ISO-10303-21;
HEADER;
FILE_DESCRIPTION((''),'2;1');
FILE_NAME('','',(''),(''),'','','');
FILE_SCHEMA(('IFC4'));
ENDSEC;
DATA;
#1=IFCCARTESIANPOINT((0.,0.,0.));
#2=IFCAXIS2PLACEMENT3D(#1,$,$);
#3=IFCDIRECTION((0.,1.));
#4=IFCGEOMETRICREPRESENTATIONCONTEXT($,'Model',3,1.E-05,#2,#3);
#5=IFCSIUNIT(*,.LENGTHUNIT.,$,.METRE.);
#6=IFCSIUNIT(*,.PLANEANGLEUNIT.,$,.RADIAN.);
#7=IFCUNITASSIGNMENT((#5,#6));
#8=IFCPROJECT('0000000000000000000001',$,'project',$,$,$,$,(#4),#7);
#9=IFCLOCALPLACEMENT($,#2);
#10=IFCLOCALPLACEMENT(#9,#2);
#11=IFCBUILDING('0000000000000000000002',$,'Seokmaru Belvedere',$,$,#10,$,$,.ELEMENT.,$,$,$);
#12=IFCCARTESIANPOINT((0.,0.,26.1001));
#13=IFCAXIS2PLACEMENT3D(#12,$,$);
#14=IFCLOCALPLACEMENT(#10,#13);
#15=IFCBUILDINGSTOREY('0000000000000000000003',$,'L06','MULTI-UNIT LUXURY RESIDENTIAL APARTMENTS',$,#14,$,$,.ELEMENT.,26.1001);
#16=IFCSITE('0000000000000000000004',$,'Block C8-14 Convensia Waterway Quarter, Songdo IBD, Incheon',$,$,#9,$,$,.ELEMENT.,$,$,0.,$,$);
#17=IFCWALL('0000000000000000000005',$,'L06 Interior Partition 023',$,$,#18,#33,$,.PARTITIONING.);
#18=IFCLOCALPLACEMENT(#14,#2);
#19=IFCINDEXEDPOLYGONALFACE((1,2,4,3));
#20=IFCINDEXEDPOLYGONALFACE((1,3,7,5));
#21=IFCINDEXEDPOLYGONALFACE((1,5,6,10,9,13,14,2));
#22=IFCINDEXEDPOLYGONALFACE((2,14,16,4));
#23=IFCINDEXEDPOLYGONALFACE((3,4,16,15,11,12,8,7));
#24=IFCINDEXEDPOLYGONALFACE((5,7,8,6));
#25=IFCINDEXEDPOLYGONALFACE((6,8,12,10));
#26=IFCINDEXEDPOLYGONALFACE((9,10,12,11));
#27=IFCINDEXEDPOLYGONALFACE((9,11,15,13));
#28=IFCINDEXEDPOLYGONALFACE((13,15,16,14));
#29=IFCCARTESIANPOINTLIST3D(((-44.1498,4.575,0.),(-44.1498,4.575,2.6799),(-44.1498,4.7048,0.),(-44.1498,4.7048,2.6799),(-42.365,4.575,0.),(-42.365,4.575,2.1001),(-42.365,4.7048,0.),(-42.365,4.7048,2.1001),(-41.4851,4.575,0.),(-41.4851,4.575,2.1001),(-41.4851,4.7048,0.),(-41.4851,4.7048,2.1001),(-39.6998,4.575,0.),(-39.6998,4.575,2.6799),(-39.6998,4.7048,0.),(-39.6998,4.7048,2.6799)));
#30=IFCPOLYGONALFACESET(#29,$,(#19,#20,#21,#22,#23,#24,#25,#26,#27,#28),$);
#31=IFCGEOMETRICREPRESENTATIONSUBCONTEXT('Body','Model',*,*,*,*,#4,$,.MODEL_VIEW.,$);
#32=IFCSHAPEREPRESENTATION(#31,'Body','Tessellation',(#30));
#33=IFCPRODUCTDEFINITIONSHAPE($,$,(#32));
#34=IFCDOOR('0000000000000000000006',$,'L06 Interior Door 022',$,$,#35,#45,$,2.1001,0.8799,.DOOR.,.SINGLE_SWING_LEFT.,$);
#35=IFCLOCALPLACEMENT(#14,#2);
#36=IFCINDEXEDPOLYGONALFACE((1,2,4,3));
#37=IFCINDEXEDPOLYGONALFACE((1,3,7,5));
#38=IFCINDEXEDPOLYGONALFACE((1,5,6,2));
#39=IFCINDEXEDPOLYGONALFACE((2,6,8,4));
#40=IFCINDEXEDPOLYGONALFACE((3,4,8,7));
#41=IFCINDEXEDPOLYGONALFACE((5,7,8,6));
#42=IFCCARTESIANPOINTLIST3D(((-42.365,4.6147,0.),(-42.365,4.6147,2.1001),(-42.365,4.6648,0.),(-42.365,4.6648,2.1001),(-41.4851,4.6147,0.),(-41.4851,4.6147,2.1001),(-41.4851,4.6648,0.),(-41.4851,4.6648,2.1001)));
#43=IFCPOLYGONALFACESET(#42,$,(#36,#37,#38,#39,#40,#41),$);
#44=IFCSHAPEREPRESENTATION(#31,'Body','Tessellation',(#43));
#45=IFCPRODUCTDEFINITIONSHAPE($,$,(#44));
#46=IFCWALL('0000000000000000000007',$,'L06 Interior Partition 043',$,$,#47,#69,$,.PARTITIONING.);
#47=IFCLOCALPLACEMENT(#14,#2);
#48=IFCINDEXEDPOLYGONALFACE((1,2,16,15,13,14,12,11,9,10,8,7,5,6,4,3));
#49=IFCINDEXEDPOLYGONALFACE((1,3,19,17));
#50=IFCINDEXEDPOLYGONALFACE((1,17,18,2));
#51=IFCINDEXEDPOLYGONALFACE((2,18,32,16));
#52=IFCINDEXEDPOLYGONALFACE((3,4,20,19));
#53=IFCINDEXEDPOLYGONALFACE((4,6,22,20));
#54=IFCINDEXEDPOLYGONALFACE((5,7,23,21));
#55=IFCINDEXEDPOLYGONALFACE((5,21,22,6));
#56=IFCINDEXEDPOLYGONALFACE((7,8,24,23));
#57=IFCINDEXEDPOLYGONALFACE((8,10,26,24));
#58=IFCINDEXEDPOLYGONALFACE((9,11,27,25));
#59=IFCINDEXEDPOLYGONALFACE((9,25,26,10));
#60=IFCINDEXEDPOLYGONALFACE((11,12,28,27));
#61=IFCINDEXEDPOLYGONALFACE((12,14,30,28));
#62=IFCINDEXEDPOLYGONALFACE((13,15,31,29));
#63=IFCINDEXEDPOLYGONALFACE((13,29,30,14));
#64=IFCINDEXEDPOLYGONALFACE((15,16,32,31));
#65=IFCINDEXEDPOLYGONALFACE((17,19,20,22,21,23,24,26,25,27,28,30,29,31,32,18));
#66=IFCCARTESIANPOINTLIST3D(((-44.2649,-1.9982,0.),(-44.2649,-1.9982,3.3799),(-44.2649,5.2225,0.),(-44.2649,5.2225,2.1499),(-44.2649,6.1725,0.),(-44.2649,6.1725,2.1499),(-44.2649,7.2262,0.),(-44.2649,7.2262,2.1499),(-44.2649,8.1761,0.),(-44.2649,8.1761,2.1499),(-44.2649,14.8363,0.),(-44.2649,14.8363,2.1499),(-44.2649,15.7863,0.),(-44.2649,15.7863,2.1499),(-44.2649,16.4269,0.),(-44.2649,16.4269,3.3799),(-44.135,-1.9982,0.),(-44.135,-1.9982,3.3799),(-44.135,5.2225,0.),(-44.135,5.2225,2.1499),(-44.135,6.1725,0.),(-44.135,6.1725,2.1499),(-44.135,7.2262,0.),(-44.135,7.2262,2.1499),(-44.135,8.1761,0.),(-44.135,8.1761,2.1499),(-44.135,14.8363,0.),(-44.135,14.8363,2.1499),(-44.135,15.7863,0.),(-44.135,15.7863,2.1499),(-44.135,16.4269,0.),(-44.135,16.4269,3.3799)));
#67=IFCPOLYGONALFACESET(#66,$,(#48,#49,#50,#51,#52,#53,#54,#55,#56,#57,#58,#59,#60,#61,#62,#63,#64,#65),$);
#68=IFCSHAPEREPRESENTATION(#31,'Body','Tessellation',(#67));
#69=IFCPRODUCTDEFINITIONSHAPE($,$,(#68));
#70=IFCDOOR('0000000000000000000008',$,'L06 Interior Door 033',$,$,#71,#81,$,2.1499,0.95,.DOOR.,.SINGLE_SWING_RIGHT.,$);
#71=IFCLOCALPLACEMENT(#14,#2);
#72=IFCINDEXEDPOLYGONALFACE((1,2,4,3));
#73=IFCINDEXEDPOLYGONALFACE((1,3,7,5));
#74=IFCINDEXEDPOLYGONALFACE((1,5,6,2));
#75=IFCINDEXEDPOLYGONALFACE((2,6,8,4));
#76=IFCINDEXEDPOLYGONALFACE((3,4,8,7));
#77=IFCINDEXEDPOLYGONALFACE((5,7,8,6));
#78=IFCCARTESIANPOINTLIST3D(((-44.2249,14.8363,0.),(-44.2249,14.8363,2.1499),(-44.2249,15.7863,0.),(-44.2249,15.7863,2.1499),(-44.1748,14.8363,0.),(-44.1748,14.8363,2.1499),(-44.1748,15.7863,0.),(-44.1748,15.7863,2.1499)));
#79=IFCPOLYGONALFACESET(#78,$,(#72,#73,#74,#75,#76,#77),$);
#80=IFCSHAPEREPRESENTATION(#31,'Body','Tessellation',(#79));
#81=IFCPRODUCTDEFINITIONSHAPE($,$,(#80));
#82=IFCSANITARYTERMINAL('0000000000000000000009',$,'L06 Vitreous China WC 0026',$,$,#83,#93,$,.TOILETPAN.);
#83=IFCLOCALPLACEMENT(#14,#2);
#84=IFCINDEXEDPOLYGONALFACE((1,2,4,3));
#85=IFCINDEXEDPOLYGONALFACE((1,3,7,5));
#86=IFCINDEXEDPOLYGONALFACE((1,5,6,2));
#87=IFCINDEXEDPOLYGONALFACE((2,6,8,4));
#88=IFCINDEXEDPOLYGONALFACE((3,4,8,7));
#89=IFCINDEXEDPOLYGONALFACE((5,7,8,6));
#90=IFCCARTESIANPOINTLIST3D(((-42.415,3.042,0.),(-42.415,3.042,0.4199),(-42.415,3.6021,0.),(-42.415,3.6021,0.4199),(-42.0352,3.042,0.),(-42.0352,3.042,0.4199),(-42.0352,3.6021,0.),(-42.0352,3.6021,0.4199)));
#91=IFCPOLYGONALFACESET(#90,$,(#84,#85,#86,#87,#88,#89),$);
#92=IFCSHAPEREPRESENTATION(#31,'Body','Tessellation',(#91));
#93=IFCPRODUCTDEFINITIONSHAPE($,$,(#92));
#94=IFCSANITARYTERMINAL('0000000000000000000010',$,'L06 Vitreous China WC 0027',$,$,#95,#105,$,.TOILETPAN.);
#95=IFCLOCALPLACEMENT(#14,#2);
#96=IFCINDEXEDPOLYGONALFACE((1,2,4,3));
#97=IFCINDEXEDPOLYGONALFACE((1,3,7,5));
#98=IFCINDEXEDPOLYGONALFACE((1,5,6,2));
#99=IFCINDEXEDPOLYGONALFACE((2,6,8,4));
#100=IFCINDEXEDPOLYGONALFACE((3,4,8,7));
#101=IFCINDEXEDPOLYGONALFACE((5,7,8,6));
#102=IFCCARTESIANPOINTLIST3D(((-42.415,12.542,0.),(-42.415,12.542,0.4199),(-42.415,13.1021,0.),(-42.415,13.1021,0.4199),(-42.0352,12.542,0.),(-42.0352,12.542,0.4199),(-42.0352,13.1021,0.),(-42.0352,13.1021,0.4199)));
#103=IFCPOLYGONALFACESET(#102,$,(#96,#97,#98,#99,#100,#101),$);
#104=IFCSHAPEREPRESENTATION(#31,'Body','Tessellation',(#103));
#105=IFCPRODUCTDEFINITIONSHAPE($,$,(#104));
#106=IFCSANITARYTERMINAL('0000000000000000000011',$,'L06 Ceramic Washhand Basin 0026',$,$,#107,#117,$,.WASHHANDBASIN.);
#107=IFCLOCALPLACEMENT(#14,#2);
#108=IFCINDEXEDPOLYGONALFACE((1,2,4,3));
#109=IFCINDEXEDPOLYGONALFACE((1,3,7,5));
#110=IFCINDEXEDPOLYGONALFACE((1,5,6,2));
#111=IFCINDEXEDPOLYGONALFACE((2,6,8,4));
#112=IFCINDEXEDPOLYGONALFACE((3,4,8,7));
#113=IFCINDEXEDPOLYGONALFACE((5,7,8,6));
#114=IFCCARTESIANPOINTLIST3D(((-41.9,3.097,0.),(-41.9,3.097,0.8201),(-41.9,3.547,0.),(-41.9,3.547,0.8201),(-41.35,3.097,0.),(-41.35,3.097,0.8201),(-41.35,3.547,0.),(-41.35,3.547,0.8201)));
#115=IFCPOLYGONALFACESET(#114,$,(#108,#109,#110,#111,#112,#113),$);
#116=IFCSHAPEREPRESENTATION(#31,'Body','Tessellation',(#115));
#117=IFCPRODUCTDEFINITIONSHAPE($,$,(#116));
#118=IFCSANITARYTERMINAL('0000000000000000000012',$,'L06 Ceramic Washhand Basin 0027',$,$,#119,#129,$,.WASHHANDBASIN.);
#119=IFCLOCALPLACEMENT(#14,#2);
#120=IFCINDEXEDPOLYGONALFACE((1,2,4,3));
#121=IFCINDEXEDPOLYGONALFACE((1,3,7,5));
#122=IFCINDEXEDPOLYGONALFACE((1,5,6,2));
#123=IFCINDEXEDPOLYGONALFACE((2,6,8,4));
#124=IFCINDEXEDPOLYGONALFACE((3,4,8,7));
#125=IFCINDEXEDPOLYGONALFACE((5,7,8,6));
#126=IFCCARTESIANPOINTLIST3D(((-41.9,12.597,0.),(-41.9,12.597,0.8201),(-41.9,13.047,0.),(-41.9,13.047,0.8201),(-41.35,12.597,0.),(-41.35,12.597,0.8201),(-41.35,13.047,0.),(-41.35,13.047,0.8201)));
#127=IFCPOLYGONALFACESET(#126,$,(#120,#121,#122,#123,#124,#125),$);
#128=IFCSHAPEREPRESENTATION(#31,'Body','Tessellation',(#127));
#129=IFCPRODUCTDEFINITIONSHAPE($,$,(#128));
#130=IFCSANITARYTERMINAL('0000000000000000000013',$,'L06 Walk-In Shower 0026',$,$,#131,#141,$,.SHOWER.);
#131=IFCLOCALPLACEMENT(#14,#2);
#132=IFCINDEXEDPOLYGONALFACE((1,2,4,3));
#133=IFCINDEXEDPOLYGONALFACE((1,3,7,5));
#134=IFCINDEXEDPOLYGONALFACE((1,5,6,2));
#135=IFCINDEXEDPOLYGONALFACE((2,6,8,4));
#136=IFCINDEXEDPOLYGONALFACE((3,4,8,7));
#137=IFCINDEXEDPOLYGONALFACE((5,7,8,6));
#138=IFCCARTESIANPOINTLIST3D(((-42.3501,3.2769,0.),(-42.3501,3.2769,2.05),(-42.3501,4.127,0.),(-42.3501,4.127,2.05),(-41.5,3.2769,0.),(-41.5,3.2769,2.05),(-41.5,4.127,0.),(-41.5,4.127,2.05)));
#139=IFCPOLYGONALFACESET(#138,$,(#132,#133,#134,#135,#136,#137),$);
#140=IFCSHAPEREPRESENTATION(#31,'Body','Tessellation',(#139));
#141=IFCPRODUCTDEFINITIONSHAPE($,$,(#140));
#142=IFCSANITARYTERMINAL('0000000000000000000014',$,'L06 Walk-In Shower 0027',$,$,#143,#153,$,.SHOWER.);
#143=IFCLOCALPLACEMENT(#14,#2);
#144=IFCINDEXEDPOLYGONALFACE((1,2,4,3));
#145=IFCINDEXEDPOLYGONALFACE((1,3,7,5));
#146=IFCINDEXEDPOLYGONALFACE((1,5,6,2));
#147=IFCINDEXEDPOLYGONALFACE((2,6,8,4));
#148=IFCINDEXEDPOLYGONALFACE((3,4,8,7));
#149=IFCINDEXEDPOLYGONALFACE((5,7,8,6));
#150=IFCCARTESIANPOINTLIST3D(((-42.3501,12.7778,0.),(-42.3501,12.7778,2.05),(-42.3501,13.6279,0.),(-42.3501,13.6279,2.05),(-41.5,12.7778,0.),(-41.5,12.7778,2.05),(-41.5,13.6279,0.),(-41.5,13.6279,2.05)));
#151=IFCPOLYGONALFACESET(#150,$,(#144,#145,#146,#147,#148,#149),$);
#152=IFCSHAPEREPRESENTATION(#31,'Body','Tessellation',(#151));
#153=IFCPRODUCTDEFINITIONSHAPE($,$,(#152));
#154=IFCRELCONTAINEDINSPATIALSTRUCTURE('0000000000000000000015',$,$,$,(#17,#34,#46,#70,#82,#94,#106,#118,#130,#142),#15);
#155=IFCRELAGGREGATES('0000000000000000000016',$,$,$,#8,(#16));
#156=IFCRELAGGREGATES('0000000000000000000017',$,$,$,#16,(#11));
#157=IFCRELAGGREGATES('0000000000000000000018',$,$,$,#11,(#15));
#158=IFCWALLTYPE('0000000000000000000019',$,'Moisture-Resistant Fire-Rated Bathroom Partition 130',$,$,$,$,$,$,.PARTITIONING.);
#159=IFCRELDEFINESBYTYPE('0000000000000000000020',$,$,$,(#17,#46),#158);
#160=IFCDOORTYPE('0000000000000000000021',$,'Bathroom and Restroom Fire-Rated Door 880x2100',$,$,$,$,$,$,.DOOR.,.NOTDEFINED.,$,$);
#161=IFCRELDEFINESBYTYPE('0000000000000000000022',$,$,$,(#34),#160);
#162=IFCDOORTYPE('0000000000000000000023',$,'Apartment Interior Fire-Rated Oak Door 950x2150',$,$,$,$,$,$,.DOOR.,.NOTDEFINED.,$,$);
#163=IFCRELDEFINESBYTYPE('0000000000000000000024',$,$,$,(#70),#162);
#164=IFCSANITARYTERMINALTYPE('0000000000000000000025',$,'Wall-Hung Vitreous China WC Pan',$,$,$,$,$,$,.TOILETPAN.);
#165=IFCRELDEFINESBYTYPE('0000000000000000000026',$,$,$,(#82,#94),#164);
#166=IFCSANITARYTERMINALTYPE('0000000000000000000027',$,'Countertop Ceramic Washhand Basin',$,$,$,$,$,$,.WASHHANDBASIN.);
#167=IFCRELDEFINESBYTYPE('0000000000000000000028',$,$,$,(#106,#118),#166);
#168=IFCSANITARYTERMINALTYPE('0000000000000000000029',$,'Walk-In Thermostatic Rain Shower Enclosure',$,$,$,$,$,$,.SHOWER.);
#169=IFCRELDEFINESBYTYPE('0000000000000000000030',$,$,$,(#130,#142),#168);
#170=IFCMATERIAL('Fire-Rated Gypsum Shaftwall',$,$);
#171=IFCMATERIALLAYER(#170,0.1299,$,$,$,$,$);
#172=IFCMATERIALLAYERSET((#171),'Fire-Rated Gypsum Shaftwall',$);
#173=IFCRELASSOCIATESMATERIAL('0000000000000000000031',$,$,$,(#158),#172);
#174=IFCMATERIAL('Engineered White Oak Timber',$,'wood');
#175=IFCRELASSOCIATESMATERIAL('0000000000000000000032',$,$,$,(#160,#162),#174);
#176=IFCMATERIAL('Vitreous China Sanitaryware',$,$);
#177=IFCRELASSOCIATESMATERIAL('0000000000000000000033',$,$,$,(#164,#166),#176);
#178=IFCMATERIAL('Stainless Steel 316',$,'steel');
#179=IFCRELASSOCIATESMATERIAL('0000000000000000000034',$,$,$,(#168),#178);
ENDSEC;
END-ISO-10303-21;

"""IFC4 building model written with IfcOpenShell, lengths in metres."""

from ifc_helpers import new_model, si_unit, direction, frame, frame_2d, origin, origin_2d, place, context, subcontext, project, spatial, rectangle, extrude, source, transform, mapped, material, layer, layer_set, type_object, type_shapes, element, fill, save


model = new_model("IFC4")

# Units and contexts
model_context = context("Model", 3, precision=1e-05, world=origin(), true_north=direction((0.0, 1.0)))
body_context = subcontext(model_context, "Body", "Model", "MODEL_VIEW")
ifc_project = project(units=[si_unit("LENGTHUNIT", "METRE"), si_unit("PLANEANGLEUNIT", "RADIAN")], contexts=[model_context])

# Site, building, storey
site_placement = place(None, origin())
site = spatial("IfcSite", under=ifc_project, at=site_placement, Name="Block C8-14 Convensia Waterway Quarter, Songdo IBD, Incheon", CompositionType="ELEMENT", RefElevation=0.0)
building_placement = place(site_placement, origin())
building = spatial("IfcBuilding", under=site, at=building_placement, Name="Seokmaru Belvedere", CompositionType="ELEMENT")
storey_placement = place(building_placement, frame((0.0, 0.0, 26.1001)))
storey = spatial("IfcBuildingStorey", under=building, at=storey_placement, Name="L06", Description="MULTI-UNIT LUXURY RESIDENTIAL APARTMENTS", CompositionType="ELEMENT", Elevation=26.1001)

# Shared definitions
ifc_material_1 = material(Name="Fire-Rated Gypsum Shaftwall")

# Wall, opening, door
ifc_layer_1 = layer(ifc_material_1, 0.1299)
ifc_layer_set_1 = layer_set([ifc_layer_1], Name="Fire-Rated Gypsum Shaftwall")
wall_type_1 = type_object("IfcWallType", Name="Moisture-Resistant Fire-Rated Bathroom Partition 130", PredefinedType="PARTITIONING", material=ifc_layer_set_1)
wall_1_placement = place(storey_placement, frame((-44.1499, 4.6399, 0.0), z_axis=(0.0, 0.0, 1.0), x_axis=(1.0, 0.0, 0.0)))
wall_1 = element("IfcWall", 1, at=wall_1_placement, inside=storey, type_object=wall_type_1, Name="L06 Interior Partition 023", PredefinedType="PARTITIONING", context=body_context, shape_type="SweptSolid", body=[
    extrude(rectangle(XDim=4.45, YDim=0.1299, at=frame_2d((2.2251, 0.0))), origin(), (0.0, 0.0, 1.0), 2.6799),
])
opening_1_placement = place(wall_1_placement, frame((1.7849, 0.0, 0.0)))
opening_1 = element("IfcOpeningElement", 2, at=opening_1_placement, cuts=wall_1, PredefinedType="OPENING", context=body_context, shape_type="SweptSolid", body=[
    extrude(rectangle(XDim=0.8799, YDim=2.1001, at=frame_2d((0.4399, 1.05))), frame((0.0, 0.075, 0.0), z_axis=(0.0, -1.0, 0.0), x_axis=(1.0, 0.0, 0.0)), (0.0, 0.0, 1.0), 0.1499),
])
ifc_material_2 = material(Name="Engineered White Oak Timber", Category="wood")
door_type_1 = type_object("IfcDoorType", Name="Bathroom and Restroom Fire-Rated Door 880x2100", OperationType="NOTDEFINED", PredefinedType="DOOR", material=ifc_material_2)
shared_shape_1 = source(origin(), body_context, "Body", "SweptSolid", [
    extrude(rectangle(XDim=0.8799, YDim=2.1001, at=frame_2d((0.4399, 1.05))), frame((0.0, 0.0249, 0.0), z_axis=(0.0, -1.0, 0.0), x_axis=(1.0, 0.0, 0.0)), (0.0, 0.0, 1.0), 0.05),
])
type_shapes(door_type_1, [shared_shape_1])
door_1_placement = place(opening_1_placement, origin())
door_1 = element("IfcDoor", 3, at=door_1_placement, inside=storey, type_object=door_type_1, Name="L06 Interior Door 022", OperationType="SINGLE_SWING_LEFT", OverallHeight=2.1001, OverallWidth=0.8799, PredefinedType="DOOR", context=body_context, shape_type="MappedRepresentation", body=[
    mapped(shared_shape_1, transform((0.0, 0.0, 0.0), scale=1.0)),
])
fill(opening_1, door_1)

# Wall, openings, door
wall_2_placement = place(storey_placement, frame((-44.2, -1.998, 0.0), z_axis=(0.0, 0.0, 1.0), x_axis=(0.0, 1.0, 0.0)))
wall_2 = element("IfcWall", 4, at=wall_2_placement, inside=storey, type_object=wall_type_1, Name="L06 Interior Partition 043", PredefinedType="PARTITIONING", context=body_context, shape_type="SweptSolid", body=[
    extrude(rectangle(XDim=18.425, YDim=0.1299, at=frame_2d((9.2124, 0.0))), origin(), (0.0, 0.0, 1.0), 3.3799),
])
opening_2_placement = place(wall_2_placement, frame((7.2205, 0.0, 0.0)))
element("IfcOpeningElement", 5, at=opening_2_placement, cuts=wall_2, PredefinedType="OPENING", context=body_context, shape_type="SweptSolid", body=[
    extrude(rectangle(XDim=0.95, YDim=2.1499, at=frame_2d((0.4751, 1.075))), frame((0.0, 0.075, 0.0), z_axis=(0.0, -1.0, 0.0), x_axis=(1.0, 0.0, 0.0)), (0.0, 0.0, 1.0), 0.1499),
])
opening_3_placement = place(wall_2_placement, frame((9.2241, 0.0, 0.0)))
element("IfcOpeningElement", 6, at=opening_3_placement, cuts=wall_2, PredefinedType="OPENING", context=body_context, shape_type="SweptSolid", body=[
    extrude(rectangle(XDim=0.95, YDim=2.1499, at=frame_2d((0.4751, 1.075))), frame((0.0, 0.075, 0.0), z_axis=(0.0, -1.0, 0.0), x_axis=(1.0, 0.0, 0.0)), (0.0, 0.0, 1.0), 0.1499),
])
opening_4_placement = place(wall_2_placement, frame((16.8342, 0.0, 0.0)))
opening_4 = element("IfcOpeningElement", 7, at=opening_4_placement, cuts=wall_2, PredefinedType="OPENING", context=body_context, shape_type="SweptSolid", body=[
    extrude(rectangle(XDim=0.95, YDim=2.1499, at=frame_2d((0.4751, 1.075))), frame((0.0, 0.075, 0.0), z_axis=(0.0, -1.0, 0.0), x_axis=(1.0, 0.0, 0.0)), (0.0, 0.0, 1.0), 0.1499),
])
door_type_2 = type_object("IfcDoorType", Name="Apartment Interior Fire-Rated Oak Door 950x2150", OperationType="NOTDEFINED", PredefinedType="DOOR", material=ifc_material_2)
shared_shape_2 = source(origin(), body_context, "Body", "SweptSolid", [
    extrude(rectangle(XDim=0.95, YDim=2.1499, at=frame_2d((0.4751, 1.075))), frame((0.0, 0.0249, 0.0), z_axis=(0.0, -1.0, 0.0), x_axis=(1.0, 0.0, 0.0)), (0.0, 0.0, 1.0), 0.05),
])
type_shapes(door_type_2, [shared_shape_2])
door_2_placement = place(opening_4_placement, origin())
door_2 = element("IfcDoor", 8, at=door_2_placement, inside=storey, type_object=door_type_2, Name="L06 Interior Door 033", OperationType="SINGLE_SWING_RIGHT", OverallHeight=2.1499, OverallWidth=0.95, PredefinedType="DOOR", context=body_context, shape_type="MappedRepresentation", body=[
    mapped(shared_shape_2, transform((0.0, 0.0, 0.0), scale=1.0)),
])
fill(opening_4, door_2)

# Sanitary terminals
ifc_material_3 = material(Name="Vitreous China Sanitaryware")
sanitary_terminal_type_1 = type_object("IfcSanitaryTerminalType", Name="Wall-Hung Vitreous China WC Pan", PredefinedType="TOILETPAN", material=ifc_material_3)
shared_shape_3 = source(origin(), body_context, "Body", "SweptSolid", [
    extrude(rectangle(XDim=0.3799, YDim=0.5601, at=origin_2d()), origin(), (0.0, 0.0, 1.0), 0.4199),
])
type_shapes(sanitary_terminal_type_1, [shared_shape_3])
for number, where, z_axis, x_axis, name in (
    (9, (-42.2251, 3.322, 0.0), (0.0, 0.0, 1.0), (1.0, 0.0, 0.0), "L06 Vitreous China WC 0026"),
    (10, (-42.2251, 12.822, 0.0), (0.0, 0.0, 1.0), (1.0, 0.0, 0.0), "L06 Vitreous China WC 0027"),
):
    element("IfcSanitaryTerminal", number, at=place(storey_placement, frame(where, z_axis=z_axis, x_axis=x_axis)), inside=storey, type_object=sanitary_terminal_type_1, Name=name, PredefinedType="TOILETPAN", context=body_context, shape_type="MappedRepresentation", body=[
        mapped(shared_shape_3, transform((0.0, 0.0, 0.0), scale=1.0)),
    ])
sanitary_terminal_type_2 = type_object("IfcSanitaryTerminalType", Name="Countertop Ceramic Washhand Basin", PredefinedType="WASHHANDBASIN", material=ifc_material_3)
shared_shape_4 = source(origin(), body_context, "Body", "SweptSolid", [
    extrude(rectangle(XDim=0.55, YDim=0.45, at=origin_2d()), origin(), (0.0, 0.0, 1.0), 0.8201),
])
type_shapes(sanitary_terminal_type_2, [shared_shape_4])
for number, where, z_axis, x_axis, name in (
    (11, (-41.625, 3.322, 0.0), (0.0, 0.0, 1.0), (1.0, 0.0, 0.0), "L06 Ceramic Washhand Basin 0026"),
    (12, (-41.625, 12.822, 0.0), (0.0, 0.0, 1.0), (1.0, 0.0, 0.0), "L06 Ceramic Washhand Basin 0027"),
):
    element("IfcSanitaryTerminal", number, at=place(storey_placement, frame(where, z_axis=z_axis, x_axis=x_axis)), inside=storey, type_object=sanitary_terminal_type_2, Name=name, PredefinedType="WASHHANDBASIN", context=body_context, shape_type="MappedRepresentation", body=[
        mapped(shared_shape_4, transform((0.0, 0.0, 0.0), scale=1.0)),
    ])
ifc_material_4 = material(Name="Stainless Steel 316", Category="steel")
sanitary_terminal_type_3 = type_object("IfcSanitaryTerminalType", Name="Walk-In Thermostatic Rain Shower Enclosure", PredefinedType="SHOWER", material=ifc_material_4)
shared_shape_5 = source(origin(), body_context, "Body", "SweptSolid", [
    extrude(rectangle(XDim=0.8501, YDim=0.8501, at=origin_2d()), origin(), (0.0, 0.0, 1.0), 2.05),
])
type_shapes(sanitary_terminal_type_3, [shared_shape_5])
for number, where, z_axis, x_axis, name in (
    (13, (-41.925, 3.7019, 0.0), (0.0, 0.0, 1.0), (1.0, 0.0, 0.0), "L06 Walk-In Shower 0026"),
    (14, (-41.925, 13.2029, 0.0), (0.0, 0.0, 1.0), (1.0, 0.0, 0.0), "L06 Walk-In Shower 0027"),
):
    element("IfcSanitaryTerminal", number, at=place(storey_placement, frame(where, z_axis=z_axis, x_axis=x_axis)), inside=storey, type_object=sanitary_terminal_type_3, Name=name, PredefinedType="SHOWER", context=body_context, shape_type="MappedRepresentation", body=[
        mapped(shared_shape_5, transform((0.0, 0.0, 0.0), scale=1.0)),
    ])

save(model, "model.ifc")
